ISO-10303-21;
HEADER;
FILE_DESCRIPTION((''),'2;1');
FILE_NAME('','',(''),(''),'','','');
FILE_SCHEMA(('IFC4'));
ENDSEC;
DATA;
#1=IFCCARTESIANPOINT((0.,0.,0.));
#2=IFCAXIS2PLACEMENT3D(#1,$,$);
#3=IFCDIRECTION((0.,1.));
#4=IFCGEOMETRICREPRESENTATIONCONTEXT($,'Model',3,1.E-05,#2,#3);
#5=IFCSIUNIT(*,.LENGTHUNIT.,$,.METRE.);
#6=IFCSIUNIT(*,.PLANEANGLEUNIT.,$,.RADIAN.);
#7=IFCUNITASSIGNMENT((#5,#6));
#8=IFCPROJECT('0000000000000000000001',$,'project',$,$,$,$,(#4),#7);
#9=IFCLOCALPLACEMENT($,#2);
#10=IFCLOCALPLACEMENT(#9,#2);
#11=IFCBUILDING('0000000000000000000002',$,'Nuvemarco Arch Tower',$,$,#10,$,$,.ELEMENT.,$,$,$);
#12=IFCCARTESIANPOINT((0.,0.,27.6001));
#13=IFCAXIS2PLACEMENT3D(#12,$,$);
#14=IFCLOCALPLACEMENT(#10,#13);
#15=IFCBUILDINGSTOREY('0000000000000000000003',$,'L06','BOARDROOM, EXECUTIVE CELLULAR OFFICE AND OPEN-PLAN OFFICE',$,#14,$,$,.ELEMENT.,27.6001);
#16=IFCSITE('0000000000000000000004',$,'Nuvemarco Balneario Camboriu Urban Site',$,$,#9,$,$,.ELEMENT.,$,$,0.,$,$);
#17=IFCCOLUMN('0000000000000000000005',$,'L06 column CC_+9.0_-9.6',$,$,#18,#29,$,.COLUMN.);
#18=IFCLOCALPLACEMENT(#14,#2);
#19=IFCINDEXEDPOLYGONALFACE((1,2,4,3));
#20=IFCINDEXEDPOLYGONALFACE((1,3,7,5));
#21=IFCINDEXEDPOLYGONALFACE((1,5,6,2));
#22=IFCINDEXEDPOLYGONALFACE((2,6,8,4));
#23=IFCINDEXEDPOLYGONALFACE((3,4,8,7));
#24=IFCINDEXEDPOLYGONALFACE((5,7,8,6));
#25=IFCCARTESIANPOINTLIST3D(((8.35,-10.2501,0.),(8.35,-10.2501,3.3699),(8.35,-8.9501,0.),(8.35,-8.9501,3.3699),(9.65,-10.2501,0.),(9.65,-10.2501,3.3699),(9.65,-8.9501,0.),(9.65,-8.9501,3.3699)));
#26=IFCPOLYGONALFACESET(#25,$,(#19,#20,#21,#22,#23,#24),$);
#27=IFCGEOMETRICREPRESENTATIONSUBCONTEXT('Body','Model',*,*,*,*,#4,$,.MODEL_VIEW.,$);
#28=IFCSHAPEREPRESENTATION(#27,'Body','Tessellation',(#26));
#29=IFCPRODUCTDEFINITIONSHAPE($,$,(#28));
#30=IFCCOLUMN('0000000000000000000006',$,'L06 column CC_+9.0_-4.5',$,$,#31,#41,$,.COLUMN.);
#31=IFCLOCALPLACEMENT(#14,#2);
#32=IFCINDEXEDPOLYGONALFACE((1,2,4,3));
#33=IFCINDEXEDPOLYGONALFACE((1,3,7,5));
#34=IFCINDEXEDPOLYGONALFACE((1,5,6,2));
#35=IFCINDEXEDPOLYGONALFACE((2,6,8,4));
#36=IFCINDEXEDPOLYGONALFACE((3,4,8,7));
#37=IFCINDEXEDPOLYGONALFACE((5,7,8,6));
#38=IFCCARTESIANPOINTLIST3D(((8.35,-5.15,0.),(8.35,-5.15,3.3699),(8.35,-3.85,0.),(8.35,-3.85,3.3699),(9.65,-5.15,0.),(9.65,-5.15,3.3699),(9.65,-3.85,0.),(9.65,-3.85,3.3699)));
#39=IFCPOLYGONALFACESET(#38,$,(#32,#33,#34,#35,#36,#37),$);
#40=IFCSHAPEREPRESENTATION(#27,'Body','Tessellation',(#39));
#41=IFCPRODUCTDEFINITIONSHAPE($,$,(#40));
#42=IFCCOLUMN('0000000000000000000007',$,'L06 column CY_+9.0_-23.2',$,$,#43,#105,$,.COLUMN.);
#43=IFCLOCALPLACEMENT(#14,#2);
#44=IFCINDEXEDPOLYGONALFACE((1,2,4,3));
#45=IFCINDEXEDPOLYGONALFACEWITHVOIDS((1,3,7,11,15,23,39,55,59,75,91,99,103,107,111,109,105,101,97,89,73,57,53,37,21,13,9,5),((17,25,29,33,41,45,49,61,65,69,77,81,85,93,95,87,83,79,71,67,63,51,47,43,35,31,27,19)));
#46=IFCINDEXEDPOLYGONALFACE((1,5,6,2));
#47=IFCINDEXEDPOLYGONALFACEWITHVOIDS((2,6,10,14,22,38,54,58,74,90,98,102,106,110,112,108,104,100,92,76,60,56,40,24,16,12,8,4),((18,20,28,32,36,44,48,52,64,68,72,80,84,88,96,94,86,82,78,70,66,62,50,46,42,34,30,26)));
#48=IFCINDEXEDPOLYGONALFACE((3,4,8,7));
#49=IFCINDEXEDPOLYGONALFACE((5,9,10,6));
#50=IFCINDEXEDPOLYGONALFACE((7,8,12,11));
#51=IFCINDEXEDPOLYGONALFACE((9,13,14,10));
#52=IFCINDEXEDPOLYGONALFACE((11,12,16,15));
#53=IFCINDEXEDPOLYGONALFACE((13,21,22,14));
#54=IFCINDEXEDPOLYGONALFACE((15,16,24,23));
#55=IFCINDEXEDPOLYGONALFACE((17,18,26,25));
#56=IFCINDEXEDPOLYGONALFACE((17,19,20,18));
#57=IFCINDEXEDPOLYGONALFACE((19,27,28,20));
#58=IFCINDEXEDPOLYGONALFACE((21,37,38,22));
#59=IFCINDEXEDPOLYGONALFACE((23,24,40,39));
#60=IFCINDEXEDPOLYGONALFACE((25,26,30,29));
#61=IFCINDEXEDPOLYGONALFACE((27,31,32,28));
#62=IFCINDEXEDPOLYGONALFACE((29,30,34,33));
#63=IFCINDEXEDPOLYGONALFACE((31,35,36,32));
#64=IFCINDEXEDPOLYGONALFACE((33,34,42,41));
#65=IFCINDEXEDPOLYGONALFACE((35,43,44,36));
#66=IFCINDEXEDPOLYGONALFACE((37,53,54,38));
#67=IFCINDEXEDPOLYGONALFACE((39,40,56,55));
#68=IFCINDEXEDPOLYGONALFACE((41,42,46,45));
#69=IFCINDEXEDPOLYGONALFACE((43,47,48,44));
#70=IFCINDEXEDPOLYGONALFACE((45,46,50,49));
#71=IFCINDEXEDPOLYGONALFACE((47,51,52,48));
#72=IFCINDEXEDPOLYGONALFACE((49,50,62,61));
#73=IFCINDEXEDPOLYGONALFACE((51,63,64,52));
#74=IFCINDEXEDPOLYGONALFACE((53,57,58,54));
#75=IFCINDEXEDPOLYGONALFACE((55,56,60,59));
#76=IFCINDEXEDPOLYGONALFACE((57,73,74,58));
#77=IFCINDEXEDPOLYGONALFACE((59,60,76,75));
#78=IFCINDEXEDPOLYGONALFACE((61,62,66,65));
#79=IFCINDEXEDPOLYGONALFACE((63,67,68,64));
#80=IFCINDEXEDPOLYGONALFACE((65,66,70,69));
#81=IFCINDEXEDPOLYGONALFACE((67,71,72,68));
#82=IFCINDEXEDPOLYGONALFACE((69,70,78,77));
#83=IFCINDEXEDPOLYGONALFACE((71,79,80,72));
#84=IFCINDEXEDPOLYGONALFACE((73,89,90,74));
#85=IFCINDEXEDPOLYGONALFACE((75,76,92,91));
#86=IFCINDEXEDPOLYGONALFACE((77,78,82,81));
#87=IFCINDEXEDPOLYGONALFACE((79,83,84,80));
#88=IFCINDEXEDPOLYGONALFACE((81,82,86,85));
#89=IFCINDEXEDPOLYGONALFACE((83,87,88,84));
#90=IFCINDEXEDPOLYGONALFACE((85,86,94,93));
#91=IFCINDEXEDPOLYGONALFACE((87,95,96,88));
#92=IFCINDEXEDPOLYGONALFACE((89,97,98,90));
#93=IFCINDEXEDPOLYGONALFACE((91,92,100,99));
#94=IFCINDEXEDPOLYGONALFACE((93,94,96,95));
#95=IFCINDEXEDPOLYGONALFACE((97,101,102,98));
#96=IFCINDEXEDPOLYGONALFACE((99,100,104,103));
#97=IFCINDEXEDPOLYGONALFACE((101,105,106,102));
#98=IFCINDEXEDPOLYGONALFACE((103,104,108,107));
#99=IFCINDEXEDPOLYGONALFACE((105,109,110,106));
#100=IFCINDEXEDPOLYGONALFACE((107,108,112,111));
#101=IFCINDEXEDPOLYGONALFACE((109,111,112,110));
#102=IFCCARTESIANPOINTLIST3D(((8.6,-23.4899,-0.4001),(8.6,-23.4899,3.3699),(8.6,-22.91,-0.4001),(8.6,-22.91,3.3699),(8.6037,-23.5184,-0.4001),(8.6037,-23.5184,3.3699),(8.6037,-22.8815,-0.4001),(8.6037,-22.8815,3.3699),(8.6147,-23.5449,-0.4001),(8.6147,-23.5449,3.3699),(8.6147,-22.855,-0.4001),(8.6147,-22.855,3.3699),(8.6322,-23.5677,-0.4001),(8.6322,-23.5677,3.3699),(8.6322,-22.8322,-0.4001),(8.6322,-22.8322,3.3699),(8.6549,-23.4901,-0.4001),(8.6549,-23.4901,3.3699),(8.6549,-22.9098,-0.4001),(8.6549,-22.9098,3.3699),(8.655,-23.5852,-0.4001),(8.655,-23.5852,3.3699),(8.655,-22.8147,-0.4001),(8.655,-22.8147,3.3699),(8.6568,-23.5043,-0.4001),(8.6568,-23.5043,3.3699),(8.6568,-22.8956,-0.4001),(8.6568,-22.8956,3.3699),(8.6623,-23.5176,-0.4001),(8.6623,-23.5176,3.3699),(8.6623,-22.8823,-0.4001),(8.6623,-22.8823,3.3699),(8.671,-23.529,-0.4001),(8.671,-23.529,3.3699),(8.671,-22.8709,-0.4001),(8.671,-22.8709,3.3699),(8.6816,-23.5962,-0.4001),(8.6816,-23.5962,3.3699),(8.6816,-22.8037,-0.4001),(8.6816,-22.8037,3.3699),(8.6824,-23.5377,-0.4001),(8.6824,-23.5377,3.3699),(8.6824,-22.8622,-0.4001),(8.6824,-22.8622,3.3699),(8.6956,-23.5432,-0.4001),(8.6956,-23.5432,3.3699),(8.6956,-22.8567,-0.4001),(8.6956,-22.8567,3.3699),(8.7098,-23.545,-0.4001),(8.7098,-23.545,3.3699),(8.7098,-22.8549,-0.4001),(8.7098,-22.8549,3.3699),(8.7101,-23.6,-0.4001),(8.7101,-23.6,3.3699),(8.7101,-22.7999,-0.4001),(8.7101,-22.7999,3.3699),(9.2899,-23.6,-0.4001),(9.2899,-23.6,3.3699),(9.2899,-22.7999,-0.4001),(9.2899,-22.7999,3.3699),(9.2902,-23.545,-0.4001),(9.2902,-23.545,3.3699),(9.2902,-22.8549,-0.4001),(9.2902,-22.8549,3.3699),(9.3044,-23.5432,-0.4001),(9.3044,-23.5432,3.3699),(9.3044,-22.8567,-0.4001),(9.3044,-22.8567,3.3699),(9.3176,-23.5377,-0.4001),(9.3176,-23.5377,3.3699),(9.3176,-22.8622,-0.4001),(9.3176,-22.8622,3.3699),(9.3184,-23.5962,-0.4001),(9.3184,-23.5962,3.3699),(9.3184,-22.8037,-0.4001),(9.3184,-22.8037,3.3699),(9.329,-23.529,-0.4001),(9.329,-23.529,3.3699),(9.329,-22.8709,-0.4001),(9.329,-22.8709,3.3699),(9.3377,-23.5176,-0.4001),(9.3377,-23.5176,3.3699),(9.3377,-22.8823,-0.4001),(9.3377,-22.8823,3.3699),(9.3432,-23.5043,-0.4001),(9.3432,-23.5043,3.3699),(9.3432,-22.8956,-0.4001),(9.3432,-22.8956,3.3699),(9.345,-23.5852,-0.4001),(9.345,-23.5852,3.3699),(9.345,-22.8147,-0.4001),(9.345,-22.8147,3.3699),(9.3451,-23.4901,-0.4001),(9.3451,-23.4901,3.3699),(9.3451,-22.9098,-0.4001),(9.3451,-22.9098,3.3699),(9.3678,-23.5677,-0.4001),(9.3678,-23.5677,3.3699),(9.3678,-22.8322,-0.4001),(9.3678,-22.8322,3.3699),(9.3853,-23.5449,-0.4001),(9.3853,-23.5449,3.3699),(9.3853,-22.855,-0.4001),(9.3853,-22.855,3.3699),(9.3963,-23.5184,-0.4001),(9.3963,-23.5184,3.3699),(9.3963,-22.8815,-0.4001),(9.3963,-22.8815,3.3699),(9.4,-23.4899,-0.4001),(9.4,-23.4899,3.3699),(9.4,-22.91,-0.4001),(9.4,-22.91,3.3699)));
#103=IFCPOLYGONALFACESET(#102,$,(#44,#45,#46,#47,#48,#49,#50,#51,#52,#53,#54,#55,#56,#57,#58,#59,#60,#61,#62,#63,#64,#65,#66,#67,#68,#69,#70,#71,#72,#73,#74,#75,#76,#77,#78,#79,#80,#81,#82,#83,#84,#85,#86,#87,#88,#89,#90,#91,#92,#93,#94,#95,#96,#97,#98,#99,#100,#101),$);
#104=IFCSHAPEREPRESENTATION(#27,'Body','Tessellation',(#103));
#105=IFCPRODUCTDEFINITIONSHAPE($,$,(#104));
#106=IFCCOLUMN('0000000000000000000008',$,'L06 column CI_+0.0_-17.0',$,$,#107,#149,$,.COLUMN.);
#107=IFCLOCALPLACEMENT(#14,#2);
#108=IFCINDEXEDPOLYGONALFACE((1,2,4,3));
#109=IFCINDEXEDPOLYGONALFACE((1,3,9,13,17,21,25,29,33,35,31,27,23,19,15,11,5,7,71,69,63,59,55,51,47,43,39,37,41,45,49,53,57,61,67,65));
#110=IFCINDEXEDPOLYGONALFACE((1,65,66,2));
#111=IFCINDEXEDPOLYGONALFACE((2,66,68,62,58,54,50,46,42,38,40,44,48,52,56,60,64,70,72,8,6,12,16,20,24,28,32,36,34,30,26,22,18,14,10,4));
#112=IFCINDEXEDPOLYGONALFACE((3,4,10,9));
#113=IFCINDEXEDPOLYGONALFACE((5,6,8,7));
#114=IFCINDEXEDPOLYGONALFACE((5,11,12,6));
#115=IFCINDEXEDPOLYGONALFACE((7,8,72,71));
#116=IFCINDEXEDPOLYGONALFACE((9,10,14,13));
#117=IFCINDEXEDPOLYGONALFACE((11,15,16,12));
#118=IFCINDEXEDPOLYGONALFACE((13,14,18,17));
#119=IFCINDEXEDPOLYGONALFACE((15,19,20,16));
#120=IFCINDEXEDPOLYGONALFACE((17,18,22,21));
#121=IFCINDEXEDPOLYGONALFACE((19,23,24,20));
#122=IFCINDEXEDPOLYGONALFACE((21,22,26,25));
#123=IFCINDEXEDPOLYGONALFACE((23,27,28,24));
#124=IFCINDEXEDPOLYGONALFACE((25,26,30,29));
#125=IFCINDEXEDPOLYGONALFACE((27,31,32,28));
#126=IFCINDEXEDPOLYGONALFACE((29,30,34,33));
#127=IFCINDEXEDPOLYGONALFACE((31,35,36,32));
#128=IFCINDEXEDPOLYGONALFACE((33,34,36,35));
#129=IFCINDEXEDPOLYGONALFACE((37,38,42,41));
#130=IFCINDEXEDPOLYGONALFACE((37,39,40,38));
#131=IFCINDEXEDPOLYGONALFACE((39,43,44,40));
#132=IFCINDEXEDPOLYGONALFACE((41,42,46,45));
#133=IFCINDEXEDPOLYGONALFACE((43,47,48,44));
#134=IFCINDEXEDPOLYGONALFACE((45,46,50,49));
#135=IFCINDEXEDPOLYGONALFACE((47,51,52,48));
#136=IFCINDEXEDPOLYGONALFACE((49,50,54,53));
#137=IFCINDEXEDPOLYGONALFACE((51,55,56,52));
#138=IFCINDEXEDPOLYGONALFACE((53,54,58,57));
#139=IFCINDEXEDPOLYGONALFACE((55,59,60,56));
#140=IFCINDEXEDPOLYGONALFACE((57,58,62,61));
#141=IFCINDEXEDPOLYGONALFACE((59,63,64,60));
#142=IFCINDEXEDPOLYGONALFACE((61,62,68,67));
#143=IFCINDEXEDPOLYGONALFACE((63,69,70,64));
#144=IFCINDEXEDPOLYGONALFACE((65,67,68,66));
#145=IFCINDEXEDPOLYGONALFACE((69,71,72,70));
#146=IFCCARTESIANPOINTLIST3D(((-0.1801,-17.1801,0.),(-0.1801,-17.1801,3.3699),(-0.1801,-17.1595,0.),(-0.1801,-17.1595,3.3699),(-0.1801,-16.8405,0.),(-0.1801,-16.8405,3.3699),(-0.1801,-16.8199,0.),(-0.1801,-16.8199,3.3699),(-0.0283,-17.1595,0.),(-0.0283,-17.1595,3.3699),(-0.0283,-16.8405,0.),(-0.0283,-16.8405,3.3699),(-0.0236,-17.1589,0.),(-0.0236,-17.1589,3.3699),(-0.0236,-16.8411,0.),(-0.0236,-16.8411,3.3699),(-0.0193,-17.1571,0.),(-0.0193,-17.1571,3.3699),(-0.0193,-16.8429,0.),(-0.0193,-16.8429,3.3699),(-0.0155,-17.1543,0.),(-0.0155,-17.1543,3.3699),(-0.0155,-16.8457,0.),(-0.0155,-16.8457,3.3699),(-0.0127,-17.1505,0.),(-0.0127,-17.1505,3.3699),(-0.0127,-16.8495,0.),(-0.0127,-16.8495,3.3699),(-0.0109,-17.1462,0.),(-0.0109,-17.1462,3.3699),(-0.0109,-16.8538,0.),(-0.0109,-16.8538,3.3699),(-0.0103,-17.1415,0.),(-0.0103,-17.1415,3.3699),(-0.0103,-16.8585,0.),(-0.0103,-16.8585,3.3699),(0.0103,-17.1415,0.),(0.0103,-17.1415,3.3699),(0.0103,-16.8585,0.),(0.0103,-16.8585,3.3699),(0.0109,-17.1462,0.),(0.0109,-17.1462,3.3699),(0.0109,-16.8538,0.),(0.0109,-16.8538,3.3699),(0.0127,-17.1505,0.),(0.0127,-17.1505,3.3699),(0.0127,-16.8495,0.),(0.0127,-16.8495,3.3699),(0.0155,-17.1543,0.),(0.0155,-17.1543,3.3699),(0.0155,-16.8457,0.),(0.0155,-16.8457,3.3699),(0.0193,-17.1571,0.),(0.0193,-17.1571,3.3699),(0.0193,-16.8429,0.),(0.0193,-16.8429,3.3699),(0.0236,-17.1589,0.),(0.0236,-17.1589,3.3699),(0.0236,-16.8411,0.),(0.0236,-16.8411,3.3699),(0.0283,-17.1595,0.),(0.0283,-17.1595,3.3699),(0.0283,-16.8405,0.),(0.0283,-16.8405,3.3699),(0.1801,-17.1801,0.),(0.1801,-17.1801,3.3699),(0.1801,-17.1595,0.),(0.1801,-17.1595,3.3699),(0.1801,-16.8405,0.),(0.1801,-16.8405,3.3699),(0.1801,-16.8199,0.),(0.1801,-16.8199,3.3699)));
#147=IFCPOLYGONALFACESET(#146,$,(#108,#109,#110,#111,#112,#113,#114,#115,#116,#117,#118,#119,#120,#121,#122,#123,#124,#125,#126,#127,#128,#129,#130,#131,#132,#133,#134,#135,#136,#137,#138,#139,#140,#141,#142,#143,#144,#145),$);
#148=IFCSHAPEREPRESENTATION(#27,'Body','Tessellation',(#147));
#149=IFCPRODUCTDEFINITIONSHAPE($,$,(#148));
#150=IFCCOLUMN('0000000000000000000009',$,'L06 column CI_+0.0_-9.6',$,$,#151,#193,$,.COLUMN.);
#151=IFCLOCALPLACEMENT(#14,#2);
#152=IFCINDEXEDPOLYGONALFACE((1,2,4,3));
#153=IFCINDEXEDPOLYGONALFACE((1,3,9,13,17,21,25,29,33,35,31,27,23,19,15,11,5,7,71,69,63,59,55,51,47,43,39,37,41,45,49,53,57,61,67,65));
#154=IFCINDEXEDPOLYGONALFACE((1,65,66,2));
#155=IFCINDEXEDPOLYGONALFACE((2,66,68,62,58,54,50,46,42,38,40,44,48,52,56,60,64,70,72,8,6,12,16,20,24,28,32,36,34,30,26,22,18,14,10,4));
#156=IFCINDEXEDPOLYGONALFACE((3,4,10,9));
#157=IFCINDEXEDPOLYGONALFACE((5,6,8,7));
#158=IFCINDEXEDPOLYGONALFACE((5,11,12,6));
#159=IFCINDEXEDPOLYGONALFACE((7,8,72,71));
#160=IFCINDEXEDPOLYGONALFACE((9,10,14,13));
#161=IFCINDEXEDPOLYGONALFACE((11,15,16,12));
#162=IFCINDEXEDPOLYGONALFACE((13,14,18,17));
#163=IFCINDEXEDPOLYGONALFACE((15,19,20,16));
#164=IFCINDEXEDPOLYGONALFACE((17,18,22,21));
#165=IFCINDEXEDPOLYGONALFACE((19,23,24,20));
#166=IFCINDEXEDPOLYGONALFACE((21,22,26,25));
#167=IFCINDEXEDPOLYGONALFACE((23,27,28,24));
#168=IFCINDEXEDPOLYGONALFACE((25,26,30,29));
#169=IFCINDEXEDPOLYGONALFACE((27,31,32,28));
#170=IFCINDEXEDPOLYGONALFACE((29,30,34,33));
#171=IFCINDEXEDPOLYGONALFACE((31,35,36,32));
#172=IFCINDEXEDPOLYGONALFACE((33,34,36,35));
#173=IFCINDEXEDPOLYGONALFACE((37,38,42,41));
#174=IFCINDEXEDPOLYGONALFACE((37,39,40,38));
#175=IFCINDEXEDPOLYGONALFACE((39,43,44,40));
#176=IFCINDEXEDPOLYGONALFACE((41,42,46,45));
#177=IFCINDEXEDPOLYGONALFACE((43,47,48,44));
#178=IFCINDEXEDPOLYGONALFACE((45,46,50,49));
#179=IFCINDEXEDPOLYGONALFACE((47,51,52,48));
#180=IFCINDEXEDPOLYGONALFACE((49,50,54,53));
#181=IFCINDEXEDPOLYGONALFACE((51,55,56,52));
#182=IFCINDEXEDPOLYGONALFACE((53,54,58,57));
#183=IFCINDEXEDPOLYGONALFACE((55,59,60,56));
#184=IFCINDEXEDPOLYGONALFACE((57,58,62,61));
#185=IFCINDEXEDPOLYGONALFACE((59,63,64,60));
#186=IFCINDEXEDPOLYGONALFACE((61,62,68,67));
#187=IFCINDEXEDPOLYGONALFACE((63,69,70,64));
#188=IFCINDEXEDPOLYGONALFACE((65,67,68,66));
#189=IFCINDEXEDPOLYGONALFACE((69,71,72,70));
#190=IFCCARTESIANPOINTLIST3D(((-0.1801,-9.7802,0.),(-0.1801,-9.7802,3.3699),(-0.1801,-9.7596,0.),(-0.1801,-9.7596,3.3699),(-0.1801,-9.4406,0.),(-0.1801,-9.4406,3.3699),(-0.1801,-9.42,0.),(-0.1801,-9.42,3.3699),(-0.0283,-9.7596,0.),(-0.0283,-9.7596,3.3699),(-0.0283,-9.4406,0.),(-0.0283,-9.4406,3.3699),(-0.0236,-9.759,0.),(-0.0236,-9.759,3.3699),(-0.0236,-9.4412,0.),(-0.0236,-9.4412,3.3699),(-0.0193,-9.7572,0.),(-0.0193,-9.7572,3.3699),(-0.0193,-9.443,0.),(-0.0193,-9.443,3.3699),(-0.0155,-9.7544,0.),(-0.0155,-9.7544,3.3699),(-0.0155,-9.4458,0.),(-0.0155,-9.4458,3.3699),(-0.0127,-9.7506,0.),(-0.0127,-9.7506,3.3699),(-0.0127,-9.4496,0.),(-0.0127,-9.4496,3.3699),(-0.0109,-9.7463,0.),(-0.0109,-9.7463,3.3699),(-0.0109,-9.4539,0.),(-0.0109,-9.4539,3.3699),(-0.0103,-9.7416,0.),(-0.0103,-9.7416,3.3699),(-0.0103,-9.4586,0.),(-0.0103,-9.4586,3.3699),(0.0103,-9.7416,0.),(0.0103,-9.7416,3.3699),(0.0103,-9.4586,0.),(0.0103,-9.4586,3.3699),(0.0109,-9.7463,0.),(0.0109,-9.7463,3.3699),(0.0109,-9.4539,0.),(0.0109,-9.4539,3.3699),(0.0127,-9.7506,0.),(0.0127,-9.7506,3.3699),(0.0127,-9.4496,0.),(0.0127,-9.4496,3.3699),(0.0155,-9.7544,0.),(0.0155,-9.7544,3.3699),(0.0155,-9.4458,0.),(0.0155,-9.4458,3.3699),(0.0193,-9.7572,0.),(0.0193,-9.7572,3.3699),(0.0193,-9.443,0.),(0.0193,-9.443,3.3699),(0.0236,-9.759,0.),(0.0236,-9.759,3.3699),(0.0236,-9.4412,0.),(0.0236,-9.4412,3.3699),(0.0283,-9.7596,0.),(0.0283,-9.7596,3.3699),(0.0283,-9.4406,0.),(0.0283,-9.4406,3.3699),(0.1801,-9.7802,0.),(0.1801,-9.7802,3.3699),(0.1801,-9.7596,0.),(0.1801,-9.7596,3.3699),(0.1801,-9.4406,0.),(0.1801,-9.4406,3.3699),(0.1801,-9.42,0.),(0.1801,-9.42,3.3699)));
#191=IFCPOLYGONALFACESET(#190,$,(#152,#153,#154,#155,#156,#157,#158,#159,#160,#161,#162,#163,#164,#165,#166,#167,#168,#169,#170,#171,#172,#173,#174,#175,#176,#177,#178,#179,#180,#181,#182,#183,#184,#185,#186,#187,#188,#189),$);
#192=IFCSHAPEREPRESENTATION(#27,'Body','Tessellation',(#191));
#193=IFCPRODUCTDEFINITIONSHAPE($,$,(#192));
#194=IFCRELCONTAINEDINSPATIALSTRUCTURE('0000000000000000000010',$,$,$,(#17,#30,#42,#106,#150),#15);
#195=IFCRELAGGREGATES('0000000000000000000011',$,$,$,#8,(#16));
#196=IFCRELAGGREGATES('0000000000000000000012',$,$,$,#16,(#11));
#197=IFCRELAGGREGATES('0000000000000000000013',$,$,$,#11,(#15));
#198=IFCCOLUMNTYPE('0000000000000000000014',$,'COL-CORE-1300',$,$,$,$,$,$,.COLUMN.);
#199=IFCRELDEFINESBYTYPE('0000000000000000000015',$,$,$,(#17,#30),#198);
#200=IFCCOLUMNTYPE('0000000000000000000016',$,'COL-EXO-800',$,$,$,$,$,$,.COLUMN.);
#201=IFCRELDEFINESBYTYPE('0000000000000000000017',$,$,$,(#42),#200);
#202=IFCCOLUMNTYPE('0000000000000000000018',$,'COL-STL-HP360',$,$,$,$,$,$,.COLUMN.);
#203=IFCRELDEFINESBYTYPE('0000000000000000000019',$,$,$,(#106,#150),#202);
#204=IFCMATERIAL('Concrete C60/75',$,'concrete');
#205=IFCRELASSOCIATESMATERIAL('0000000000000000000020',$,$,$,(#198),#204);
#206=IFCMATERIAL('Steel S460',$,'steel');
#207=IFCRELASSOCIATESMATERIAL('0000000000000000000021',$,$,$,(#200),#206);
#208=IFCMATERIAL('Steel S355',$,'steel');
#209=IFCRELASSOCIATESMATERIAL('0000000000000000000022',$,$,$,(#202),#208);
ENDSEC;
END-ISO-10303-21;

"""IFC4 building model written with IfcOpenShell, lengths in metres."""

from ifc_helpers import new_model, si_unit, direction, frame, origin, origin_2d, place, context, subcontext, project, spatial, rectangle, hollow_rectangle, i_section, extrude, material, material_profile, profile_set, type_object, element, save


model = new_model("IFC4")

# Units and contexts
model_context = context("Model", 3, precision=1e-05, world=origin(), true_north=direction((0.0, 1.0)))
body_context = subcontext(model_context, "Body", "Model", "MODEL_VIEW")
ifc_project = project(units=[si_unit("LENGTHUNIT", "METRE"), si_unit("PLANEANGLEUNIT", "RADIAN")], contexts=[model_context])

# Site, building, storey
site_placement = place(None, origin())
site = spatial("IfcSite", under=ifc_project, at=site_placement, Name="Nuvemarco Balneario Camboriu Urban Site", CompositionType="ELEMENT", RefElevation=0.0)
building_placement = place(site_placement, origin())
building = spatial("IfcBuilding", under=site, at=building_placement, Name="Nuvemarco Arch Tower", CompositionType="ELEMENT")
storey_placement = place(building_placement, frame((0.0, 0.0, 27.6001)))
storey = spatial("IfcBuildingStorey", under=building, at=storey_placement, Name="L06", Description="BOARDROOM, EXECUTIVE CELLULAR OFFICE AND OPEN-PLAN OFFICE", CompositionType="ELEMENT", Elevation=27.6001)

# Columns
ifc_material_1 = material(Name="Concrete C60/75", Category="concrete")
ifc_material_profile_1 = material_profile(ifc_material_1, rectangle(XDim=1.3, YDim=1.3, at=origin_2d()), Name="RC-COL-1300x1300")
ifc_profile_set_1 = profile_set([ifc_material_profile_1], Name="Concrete C60/75")
column_type_1 = type_object("IfcColumnType", Name="COL-CORE-1300", PredefinedType="COLUMN", material=ifc_profile_set_1)
for number, where, z_axis, x_axis, name in (
    (1, (9.0, -9.6001, 0.0), (0.0, 0.0, 1.0), (1.0, 0.0, 0.0), "L06 column CC_+9.0_-9.6"),
    (2, (9.0, -4.5, 0.0), (0.0, 0.0, 1.0), (1.0, 0.0, 0.0), "L06 column CC_+9.0_-4.5"),
):
    element("IfcColumn", number, at=place(storey_placement, frame(where, z_axis=z_axis, x_axis=x_axis)), inside=storey, type_object=column_type_1, Name=name, PredefinedType="COLUMN", context=body_context, shape_type="SweptSolid", body=[
        extrude(rectangle(XDim=1.3, YDim=1.3, at=origin_2d()), origin(), (0.0, 0.0, 1.0), 3.3699),
    ])
ifc_material_2 = material(Name="Steel S460", Category="steel")
ifc_material_profile_2 = material_profile(ifc_material_2, hollow_rectangle(XDim=0.8, YDim=0.8, WallThickness=0.0549, InnerFilletRadius=0.0549, OuterFilletRadius=0.1101, at=origin_2d()), Name="SHS800x800x55")
ifc_profile_set_2 = profile_set([ifc_material_profile_2], Name="Steel S460")
column_type_2 = type_object("IfcColumnType", Name="COL-EXO-800", PredefinedType="COLUMN", material=ifc_profile_set_2)
column_1_placement = place(storey_placement, frame((9.0, -23.2, -0.4001), z_axis=(0.0, 0.0, 1.0), x_axis=(1.0, 0.0, 0.0)))
element("IfcColumn", 3, at=column_1_placement, inside=storey, type_object=column_type_2, Name="L06 column CY_+9.0_-23.2", PredefinedType="COLUMN", context=body_context, shape_type="SweptSolid", body=[
    extrude(hollow_rectangle(XDim=0.8, YDim=0.8, WallThickness=0.0549, InnerFilletRadius=0.0549, OuterFilletRadius=0.1101, at=origin_2d()), origin(), (0.0, 0.0, 1.0), 3.77),
])
ifc_material_3 = material(Name="Steel S355", Category="steel")
ifc_material_profile_3 = material_profile(ifc_material_3, i_section(OverallWidth=0.3601, OverallDepth=0.3601, WebThickness=0.0205, FlangeThickness=0.0205, FilletRadius=0.0181, at=origin_2d()), Name="HP360x174")
ifc_profile_set_3 = profile_set([ifc_material_profile_3], Name="Steel S355")
column_type_3 = type_object("IfcColumnType", Name="COL-STL-HP360", PredefinedType="COLUMN", material=ifc_profile_set_3)
for number, where, z_axis, x_axis, name in (
    (4, (0.0, -17.0, 0.0), (0.0, 0.0, 1.0), (1.0, 0.0, 0.0), "L06 column CI_+0.0_-17.0"),
    (5, (0.0, -9.6001, 0.0), (0.0, 0.0, 1.0), (1.0, 0.0, 0.0), "L06 column CI_+0.0_-9.6"),
):
    element("IfcColumn", number, at=place(storey_placement, frame(where, z_axis=z_axis, x_axis=x_axis)), inside=storey, type_object=column_type_3, Name=name, PredefinedType="COLUMN", context=body_context, shape_type="SweptSolid", body=[
        extrude(i_section(OverallWidth=0.3601, OverallDepth=0.3601, WebThickness=0.0205, FlangeThickness=0.0205, FilletRadius=0.0181, at=origin_2d()), origin(), (0.0, 0.0, 1.0), 3.3699),
    ])

save(model, "model.ifc")
